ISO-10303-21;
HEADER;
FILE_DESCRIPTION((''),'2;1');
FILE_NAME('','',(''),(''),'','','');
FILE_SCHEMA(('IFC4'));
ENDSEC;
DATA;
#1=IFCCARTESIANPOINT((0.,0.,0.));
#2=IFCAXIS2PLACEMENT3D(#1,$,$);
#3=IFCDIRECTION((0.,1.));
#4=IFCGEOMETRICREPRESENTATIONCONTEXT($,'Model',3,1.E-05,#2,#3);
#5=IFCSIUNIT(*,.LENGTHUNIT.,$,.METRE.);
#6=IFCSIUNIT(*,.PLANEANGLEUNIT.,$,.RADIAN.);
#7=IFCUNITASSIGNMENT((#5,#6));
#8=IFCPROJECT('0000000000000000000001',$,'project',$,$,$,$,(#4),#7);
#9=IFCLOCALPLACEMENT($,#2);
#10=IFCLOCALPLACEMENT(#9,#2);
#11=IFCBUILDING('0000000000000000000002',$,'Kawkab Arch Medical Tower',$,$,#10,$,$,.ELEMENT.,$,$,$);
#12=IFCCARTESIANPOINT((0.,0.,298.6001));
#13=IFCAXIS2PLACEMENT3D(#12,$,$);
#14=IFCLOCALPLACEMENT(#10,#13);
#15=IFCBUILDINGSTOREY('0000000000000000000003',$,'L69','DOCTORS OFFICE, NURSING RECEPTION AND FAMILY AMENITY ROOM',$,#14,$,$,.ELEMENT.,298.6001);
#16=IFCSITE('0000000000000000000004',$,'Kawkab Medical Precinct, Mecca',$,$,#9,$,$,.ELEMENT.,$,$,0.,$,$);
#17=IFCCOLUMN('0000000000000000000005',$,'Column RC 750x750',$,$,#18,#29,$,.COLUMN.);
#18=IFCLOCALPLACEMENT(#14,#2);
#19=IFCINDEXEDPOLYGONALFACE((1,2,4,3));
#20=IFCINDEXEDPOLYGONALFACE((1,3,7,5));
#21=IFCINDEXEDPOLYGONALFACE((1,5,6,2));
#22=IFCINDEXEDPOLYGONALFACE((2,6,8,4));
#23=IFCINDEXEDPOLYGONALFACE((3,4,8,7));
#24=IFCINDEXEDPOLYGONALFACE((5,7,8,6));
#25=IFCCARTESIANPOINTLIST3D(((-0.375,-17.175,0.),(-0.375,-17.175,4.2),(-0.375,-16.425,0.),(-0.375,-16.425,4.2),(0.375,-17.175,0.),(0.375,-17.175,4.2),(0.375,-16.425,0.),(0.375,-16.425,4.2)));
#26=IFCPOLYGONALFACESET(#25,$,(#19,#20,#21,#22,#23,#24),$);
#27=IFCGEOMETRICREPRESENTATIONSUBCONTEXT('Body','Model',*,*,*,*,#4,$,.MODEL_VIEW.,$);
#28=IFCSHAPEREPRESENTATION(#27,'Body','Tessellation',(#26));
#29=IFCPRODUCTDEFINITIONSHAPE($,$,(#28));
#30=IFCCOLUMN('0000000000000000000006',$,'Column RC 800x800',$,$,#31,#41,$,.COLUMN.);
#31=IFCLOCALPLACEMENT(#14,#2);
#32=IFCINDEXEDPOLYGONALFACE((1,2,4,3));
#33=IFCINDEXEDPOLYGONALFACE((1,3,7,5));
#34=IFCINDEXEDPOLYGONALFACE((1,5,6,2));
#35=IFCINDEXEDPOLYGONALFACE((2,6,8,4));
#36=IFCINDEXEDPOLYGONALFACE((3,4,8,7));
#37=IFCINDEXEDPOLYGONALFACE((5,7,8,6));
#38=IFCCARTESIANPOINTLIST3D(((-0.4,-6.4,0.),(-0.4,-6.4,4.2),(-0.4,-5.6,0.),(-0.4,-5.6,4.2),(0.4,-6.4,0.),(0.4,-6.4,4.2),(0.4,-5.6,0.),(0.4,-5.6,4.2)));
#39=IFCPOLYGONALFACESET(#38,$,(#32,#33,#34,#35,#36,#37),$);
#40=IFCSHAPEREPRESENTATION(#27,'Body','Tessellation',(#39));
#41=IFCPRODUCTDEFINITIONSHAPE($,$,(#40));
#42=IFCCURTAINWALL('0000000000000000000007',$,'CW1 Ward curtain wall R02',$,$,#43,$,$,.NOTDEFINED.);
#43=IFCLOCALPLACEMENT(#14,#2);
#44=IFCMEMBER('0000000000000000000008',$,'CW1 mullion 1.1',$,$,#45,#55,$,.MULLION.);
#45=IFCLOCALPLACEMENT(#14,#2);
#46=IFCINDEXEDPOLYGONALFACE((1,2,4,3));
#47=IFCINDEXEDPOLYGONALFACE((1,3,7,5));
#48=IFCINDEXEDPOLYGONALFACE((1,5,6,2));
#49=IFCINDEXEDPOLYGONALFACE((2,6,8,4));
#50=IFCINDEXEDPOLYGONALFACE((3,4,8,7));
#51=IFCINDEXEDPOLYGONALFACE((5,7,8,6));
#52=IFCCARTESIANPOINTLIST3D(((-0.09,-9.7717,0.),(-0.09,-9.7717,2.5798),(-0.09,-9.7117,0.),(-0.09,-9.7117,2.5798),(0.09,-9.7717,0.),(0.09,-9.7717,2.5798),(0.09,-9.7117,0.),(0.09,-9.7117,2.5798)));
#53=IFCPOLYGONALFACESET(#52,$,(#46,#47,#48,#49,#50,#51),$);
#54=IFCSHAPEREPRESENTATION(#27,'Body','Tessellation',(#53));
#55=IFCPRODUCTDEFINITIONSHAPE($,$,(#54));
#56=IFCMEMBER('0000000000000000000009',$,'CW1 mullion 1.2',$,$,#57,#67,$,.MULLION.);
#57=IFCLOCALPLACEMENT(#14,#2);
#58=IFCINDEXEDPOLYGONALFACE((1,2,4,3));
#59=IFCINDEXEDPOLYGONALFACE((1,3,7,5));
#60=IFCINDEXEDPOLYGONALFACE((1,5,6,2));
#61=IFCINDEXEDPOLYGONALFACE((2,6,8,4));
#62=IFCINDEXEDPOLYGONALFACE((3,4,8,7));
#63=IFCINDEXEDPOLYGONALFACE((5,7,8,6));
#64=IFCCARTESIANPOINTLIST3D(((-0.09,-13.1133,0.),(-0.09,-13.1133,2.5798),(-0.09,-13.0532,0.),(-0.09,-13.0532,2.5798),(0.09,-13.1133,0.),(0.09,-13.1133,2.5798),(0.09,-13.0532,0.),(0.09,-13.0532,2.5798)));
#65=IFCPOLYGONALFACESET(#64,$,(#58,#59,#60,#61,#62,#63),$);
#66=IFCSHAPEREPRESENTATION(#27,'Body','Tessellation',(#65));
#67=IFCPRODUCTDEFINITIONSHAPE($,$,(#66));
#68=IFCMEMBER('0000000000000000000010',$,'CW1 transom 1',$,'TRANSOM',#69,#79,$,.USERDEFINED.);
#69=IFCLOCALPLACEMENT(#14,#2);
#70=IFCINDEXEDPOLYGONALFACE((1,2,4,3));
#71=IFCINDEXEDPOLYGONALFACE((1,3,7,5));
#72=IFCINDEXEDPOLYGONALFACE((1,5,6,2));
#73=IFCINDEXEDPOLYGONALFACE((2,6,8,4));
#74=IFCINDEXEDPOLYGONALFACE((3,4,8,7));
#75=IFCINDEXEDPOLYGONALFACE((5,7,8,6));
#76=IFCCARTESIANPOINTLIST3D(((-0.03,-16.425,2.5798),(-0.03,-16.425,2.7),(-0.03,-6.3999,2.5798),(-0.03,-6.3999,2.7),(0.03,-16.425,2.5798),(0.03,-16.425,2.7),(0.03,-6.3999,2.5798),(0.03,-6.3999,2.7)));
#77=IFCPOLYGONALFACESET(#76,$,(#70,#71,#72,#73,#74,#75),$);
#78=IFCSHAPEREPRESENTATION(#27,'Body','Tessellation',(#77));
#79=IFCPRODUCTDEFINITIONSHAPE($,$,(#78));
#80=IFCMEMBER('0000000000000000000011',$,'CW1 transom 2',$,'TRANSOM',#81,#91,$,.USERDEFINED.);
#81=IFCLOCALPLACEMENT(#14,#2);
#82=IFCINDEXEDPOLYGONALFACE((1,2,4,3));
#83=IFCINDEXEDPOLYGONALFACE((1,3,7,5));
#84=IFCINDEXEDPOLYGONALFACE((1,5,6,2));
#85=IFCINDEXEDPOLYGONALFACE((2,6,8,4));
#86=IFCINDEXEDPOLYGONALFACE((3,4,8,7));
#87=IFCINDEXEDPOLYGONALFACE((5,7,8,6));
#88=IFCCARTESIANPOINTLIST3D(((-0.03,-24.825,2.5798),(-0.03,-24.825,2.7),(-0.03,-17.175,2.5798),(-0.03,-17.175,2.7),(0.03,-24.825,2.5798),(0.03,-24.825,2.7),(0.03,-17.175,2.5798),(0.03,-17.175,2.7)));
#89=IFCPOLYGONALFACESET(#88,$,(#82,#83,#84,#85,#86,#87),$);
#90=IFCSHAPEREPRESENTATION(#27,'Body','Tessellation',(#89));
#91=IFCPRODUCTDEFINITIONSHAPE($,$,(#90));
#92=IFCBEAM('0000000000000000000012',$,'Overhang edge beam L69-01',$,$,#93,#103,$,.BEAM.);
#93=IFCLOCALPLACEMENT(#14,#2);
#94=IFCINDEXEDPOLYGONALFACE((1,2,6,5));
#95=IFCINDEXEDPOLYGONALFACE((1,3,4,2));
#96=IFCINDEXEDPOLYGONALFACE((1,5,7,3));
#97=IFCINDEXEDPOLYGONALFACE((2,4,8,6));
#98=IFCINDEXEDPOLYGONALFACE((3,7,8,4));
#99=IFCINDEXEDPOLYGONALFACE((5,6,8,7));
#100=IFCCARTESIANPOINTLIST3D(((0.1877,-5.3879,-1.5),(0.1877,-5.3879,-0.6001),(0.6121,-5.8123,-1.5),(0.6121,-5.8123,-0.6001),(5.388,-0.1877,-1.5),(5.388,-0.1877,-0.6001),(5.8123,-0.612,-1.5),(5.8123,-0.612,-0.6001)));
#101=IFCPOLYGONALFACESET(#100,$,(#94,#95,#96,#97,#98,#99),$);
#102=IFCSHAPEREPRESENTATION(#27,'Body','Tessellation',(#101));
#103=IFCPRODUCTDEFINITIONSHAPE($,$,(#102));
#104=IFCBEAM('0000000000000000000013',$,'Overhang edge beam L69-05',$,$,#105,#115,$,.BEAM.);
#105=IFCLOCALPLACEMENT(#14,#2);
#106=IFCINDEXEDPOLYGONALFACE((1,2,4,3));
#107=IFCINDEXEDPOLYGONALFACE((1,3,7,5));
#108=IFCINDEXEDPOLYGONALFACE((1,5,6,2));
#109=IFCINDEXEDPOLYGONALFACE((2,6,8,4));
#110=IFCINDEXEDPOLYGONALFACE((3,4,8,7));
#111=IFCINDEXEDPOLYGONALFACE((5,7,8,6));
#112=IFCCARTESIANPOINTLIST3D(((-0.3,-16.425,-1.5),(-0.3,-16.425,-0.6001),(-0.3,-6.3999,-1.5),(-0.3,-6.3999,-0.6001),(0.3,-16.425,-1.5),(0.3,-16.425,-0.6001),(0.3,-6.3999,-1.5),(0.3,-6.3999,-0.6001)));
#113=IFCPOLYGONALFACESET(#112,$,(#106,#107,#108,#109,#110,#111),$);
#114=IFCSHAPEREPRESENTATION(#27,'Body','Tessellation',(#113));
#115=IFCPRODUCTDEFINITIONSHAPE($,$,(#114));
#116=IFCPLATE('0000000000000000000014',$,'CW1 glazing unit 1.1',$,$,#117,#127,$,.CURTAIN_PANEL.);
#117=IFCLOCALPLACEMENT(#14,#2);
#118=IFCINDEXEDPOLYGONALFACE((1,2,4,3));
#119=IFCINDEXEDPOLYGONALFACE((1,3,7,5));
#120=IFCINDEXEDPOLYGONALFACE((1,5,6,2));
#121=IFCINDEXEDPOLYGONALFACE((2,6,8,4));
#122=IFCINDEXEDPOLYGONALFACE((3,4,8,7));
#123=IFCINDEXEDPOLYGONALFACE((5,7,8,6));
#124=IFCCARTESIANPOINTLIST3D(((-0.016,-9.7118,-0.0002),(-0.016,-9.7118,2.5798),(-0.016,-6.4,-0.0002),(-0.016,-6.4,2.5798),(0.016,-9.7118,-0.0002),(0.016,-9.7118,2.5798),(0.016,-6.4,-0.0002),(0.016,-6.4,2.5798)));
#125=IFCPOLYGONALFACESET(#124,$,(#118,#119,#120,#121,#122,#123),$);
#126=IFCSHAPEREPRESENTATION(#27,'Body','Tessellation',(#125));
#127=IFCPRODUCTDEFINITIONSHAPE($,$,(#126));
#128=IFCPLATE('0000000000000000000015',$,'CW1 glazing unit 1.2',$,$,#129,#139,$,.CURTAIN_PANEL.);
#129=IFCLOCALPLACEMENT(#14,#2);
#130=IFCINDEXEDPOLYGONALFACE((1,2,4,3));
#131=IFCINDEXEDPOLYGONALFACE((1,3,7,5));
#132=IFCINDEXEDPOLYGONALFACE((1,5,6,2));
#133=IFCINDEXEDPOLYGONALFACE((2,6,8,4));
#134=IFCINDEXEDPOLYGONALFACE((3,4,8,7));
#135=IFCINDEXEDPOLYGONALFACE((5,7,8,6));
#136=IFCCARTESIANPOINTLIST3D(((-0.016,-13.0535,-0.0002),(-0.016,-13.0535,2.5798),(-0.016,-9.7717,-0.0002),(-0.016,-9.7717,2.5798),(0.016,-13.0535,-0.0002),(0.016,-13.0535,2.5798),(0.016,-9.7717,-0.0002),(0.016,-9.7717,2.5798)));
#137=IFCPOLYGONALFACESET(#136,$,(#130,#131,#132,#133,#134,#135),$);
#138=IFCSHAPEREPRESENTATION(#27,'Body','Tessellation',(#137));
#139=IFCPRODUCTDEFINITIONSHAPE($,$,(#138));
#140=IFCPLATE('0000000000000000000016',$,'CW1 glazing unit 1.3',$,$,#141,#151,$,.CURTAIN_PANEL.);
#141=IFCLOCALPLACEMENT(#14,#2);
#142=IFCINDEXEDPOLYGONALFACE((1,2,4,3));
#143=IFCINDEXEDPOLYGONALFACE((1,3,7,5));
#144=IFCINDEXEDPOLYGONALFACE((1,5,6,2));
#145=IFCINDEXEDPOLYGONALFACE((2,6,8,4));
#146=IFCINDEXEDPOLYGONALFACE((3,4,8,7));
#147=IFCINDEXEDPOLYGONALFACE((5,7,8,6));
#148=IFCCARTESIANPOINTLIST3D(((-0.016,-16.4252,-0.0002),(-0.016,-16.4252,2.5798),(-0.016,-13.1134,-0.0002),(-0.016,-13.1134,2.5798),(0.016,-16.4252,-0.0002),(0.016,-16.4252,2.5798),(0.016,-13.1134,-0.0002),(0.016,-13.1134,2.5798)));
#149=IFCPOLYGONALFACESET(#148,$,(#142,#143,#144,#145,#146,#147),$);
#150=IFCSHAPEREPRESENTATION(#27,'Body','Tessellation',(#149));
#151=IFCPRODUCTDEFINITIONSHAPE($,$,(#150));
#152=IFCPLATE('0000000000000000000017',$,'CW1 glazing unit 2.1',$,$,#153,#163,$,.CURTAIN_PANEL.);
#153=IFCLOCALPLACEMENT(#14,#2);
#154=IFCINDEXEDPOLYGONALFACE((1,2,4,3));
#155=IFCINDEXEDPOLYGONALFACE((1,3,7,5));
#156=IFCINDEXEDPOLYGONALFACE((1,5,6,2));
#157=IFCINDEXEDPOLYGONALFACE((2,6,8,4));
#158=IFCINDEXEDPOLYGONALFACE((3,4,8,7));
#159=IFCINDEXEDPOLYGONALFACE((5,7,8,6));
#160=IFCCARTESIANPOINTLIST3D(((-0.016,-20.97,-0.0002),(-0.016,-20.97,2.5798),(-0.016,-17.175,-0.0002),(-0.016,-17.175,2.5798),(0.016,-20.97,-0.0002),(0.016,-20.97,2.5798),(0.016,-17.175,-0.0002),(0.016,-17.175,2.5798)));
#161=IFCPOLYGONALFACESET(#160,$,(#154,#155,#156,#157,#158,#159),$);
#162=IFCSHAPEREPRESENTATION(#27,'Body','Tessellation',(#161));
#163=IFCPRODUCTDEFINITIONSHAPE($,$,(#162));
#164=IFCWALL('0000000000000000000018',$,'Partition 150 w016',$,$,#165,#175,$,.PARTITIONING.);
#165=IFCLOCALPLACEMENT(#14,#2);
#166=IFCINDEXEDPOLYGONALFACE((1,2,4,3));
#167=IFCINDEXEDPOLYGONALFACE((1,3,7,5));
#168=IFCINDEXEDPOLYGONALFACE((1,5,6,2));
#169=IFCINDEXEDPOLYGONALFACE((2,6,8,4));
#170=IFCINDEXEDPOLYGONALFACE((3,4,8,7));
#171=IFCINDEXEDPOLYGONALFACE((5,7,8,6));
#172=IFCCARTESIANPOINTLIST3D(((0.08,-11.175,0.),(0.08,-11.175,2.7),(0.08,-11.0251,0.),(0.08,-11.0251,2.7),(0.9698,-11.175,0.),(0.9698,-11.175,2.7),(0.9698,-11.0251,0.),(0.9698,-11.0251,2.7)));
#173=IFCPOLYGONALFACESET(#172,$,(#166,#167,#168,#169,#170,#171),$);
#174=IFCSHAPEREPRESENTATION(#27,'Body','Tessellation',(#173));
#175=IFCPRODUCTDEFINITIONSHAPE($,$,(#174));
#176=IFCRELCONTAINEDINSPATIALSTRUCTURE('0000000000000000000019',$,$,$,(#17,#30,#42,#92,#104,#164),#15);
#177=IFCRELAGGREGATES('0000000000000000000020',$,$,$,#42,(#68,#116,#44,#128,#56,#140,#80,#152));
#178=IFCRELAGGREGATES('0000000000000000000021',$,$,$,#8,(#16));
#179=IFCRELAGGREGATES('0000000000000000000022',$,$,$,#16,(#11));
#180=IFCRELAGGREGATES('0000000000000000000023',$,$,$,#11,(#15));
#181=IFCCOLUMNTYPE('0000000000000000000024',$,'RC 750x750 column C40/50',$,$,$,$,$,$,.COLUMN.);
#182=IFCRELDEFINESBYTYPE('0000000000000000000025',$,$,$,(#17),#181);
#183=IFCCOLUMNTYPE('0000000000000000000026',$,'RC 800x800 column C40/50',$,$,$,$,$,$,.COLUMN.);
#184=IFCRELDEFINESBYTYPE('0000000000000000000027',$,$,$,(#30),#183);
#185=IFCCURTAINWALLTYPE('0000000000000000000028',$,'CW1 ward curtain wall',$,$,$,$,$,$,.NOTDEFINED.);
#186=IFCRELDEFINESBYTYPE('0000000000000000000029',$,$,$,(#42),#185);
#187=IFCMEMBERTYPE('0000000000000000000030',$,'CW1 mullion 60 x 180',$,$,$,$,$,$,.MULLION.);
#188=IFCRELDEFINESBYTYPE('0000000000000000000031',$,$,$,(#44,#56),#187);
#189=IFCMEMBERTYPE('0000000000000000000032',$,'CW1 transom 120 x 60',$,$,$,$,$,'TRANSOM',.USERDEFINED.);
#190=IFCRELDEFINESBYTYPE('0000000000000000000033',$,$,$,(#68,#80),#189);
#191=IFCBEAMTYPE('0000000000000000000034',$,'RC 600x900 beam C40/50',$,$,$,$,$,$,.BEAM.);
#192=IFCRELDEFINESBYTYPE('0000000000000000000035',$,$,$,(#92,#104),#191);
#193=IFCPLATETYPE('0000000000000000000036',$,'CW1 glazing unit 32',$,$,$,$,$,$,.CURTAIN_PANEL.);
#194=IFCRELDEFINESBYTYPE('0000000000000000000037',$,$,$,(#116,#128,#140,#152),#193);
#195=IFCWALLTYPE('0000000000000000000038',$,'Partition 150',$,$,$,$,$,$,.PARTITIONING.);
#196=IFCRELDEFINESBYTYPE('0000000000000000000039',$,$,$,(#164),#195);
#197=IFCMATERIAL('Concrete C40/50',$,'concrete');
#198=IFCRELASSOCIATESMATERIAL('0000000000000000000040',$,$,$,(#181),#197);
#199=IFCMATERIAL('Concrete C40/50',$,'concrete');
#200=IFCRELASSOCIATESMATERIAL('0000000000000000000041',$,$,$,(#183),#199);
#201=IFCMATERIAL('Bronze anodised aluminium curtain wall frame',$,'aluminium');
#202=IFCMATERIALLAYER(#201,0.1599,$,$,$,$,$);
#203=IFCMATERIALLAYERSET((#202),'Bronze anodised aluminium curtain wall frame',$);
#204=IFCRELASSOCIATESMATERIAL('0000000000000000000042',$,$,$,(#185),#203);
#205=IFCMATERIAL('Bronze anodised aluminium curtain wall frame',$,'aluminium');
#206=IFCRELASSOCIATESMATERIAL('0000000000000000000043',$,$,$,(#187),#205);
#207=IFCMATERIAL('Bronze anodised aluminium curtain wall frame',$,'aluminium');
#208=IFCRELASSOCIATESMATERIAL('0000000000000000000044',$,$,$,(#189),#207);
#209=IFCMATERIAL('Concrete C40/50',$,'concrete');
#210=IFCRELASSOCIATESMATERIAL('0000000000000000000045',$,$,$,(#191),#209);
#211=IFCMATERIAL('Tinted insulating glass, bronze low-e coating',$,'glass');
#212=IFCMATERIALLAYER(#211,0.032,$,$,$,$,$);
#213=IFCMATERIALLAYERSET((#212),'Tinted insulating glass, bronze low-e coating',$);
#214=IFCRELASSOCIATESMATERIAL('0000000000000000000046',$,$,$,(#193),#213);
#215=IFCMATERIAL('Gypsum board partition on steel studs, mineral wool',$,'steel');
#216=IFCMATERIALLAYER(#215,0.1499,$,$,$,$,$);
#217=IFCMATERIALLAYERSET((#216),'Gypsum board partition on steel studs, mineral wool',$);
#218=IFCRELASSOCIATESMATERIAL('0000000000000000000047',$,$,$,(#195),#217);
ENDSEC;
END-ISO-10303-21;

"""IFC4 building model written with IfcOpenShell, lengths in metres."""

from ifc_helpers import new_model, si_unit, direction, frame, frame_2d, origin, origin_2d, place, context, subcontext, project, spatial, rectangle, extrude, material, layer, layer_set, material_profile, profile_set, type_object, element, aggregate, save


model = new_model("IFC4")

# Units and contexts
model_context = context("Model", 3, precision=1e-05, world=origin(), true_north=direction((0.0, 1.0)))
body_context = subcontext(model_context, "Body", "Model", "MODEL_VIEW")
ifc_project = project(units=[si_unit("LENGTHUNIT", "METRE"), si_unit("PLANEANGLEUNIT", "RADIAN")], contexts=[model_context])

# Site, building, storey
site_placement = place(None, origin())
site = spatial("IfcSite", under=ifc_project, at=site_placement, Name="Kawkab Medical Precinct, Mecca", CompositionType="ELEMENT", RefElevation=0.0)
building_placement = place(site_placement, origin())
building = spatial("IfcBuilding", under=site, at=building_placement, Name="Kawkab Arch Medical Tower", CompositionType="ELEMENT")
storey_placement = place(building_placement, frame((0.0, 0.0, 298.6001)))
storey = spatial("IfcBuildingStorey", under=building, at=storey_placement, Name="L69", Description="DOCTORS OFFICE, NURSING RECEPTION AND FAMILY AMENITY ROOM", CompositionType="ELEMENT", Elevation=298.6001)

# Columns
ifc_material_1 = material(Name="Concrete C40/50", Category="concrete")
ifc_material_profile_1 = material_profile(ifc_material_1, rectangle(XDim=0.75, YDim=0.75, at=origin_2d()), Name="RC 750x750")
ifc_profile_set_1 = profile_set([ifc_material_profile_1], Name="Concrete C40/50")
column_type_1 = type_object("IfcColumnType", Name="RC 750x750 column C40/50", PredefinedType="COLUMN", material=ifc_profile_set_1)
column_1_placement = place(storey_placement, frame((0.0, -16.8, 0.0), z_axis=(0.0, 0.0, 1.0), x_axis=(1.0, 0.0, 0.0)))
element("IfcColumn", 1, at=column_1_placement, inside=storey, type_object=column_type_1, Name="Column RC 750x750", PredefinedType="COLUMN", context=body_context, shape_type="SweptSolid", body=[
    extrude(rectangle(XDim=0.75, YDim=0.75, at=origin_2d()), origin(), (0.0, 0.0, 1.0), 4.2),
])
ifc_material_2 = material(Name="Concrete C40/50", Category="concrete")
ifc_material_profile_2 = material_profile(ifc_material_2, rectangle(XDim=0.8, YDim=0.8, at=origin_2d()), Name="RC 800x800")
ifc_profile_set_2 = profile_set([ifc_material_profile_2], Name="Concrete C40/50")
column_type_2 = type_object("IfcColumnType", Name="RC 800x800 column C40/50", PredefinedType="COLUMN", material=ifc_profile_set_2)
column_2_placement = place(storey_placement, frame((0.0, -6.0, 0.0), z_axis=(0.0, 0.0, 1.0), x_axis=(1.0, 0.0, 0.0)))
element("IfcColumn", 2, at=column_2_placement, inside=storey, type_object=column_type_2, Name="Column RC 800x800", PredefinedType="COLUMN", context=body_context, shape_type="SweptSolid", body=[
    extrude(rectangle(XDim=0.8, YDim=0.8, at=origin_2d()), origin(), (0.0, 0.0, 1.0), 4.2),
])

# Curtain wall, members
ifc_material_3 = material(Name="Bronze anodised aluminium curtain wall frame", Category="aluminium")
ifc_layer_1 = layer(ifc_material_3, 0.1599)
ifc_layer_set_1 = layer_set([ifc_layer_1], Name="Bronze anodised aluminium curtain wall frame")
curtain_wall_type = type_object("IfcCurtainWallType", Name="CW1 ward curtain wall", PredefinedType="NOTDEFINED", material=ifc_layer_set_1)
curtain_wall_placement = place(storey_placement, origin())
curtain_wall = element("IfcCurtainWall", 3, at=curtain_wall_placement, inside=storey, type_object=curtain_wall_type, Name="CW1 Ward curtain wall R02", PredefinedType="NOTDEFINED")
ifc_material_4 = material(Name="Bronze anodised aluminium curtain wall frame", Category="aluminium")
ifc_material_profile_3 = material_profile(ifc_material_4, rectangle(XDim=0.1799, YDim=0.0601, at=origin_2d()), Name="AL 60x180")
ifc_profile_set_3 = profile_set([ifc_material_profile_3], Name="Bronze anodised aluminium curtain wall frame")
member_type_1 = type_object("IfcMemberType", Name="CW1 mullion 60 x 180", PredefinedType="MULLION", material=ifc_profile_set_3)
member_1_placement = place(storey_placement, frame((0.0, -9.7417, 0.0), z_axis=(0.0, 0.0, 1.0), x_axis=(1.0, 0.0, 0.0)))
member_1 = element("IfcMember", 4, at=member_1_placement, type_object=member_type_1, Name="CW1 mullion 1.1", PredefinedType="MULLION", context=body_context, shape_type="SweptSolid", body=[
    extrude(rectangle(XDim=0.1799, YDim=0.0601, at=origin_2d()), origin(), (0.0, 0.0, 1.0), 2.5798),
])
member_2_placement = place(storey_placement, frame((0.0, -13.0833, 0.0), z_axis=(0.0, 0.0, 1.0), x_axis=(1.0, 0.0, 0.0)))
member_2 = element("IfcMember", 5, at=member_2_placement, type_object=member_type_1, Name="CW1 mullion 1.2", PredefinedType="MULLION", context=body_context, shape_type="SweptSolid", body=[
    extrude(rectangle(XDim=0.1799, YDim=0.0601, at=origin_2d()), origin(), (0.0, 0.0, 1.0), 2.5798),
])
ifc_material_5 = material(Name="Bronze anodised aluminium curtain wall frame", Category="aluminium")
ifc_material_profile_4 = material_profile(ifc_material_5, rectangle(XDim=0.0601, YDim=0.1201, at=origin_2d()), Name="AL 60x120")
ifc_profile_set_4 = profile_set([ifc_material_profile_4], Name="Bronze anodised aluminium curtain wall frame")
member_type_2 = type_object("IfcMemberType", Name="CW1 transom 120 x 60", ElementType="TRANSOM", PredefinedType="USERDEFINED", material=ifc_profile_set_4)
member_3_placement = place(storey_placement, frame((0.0, -6.3999, 2.6399), z_axis=(0.0, -1.0, 0.0), x_axis=(1.0, 0.0, 0.0)))
member_3 = element("IfcMember", 6, at=member_3_placement, type_object=member_type_2, Name="CW1 transom 1", ObjectType="TRANSOM", PredefinedType="USERDEFINED", context=body_context, shape_type="SweptSolid", body=[
    extrude(rectangle(XDim=0.0601, YDim=0.1201, at=origin_2d()), origin(), (0.0, 0.0, 1.0), 10.0251),
])
member_4_placement = place(storey_placement, frame((0.0, -17.175, 2.6399), z_axis=(0.0, -1.0, 0.0), x_axis=(1.0, 0.0, 0.0)))
member_4 = element("IfcMember", 7, at=member_4_placement, type_object=member_type_2, Name="CW1 transom 2", ObjectType="TRANSOM", PredefinedType="USERDEFINED", context=body_context, shape_type="SweptSolid", body=[
    extrude(rectangle(XDim=0.0601, YDim=0.1201, at=origin_2d()), origin(), (0.0, 0.0, 1.0), 7.6499),
])

# Beams
ifc_material_6 = material(Name="Concrete C40/50", Category="concrete")
ifc_material_profile_5 = material_profile(ifc_material_6, rectangle(XDim=0.6001, YDim=0.8999, at=origin_2d()), Name="RC 600x900")
ifc_profile_set_5 = profile_set([ifc_material_profile_5], Name="Concrete C40/50")
beam_type = type_object("IfcBeamType", Name="RC 600x900 beam C40/50", PredefinedType="BEAM", material=ifc_profile_set_5)
beam_1_placement = place(storey_placement, frame((0.3999, -5.6001, -1.05), z_axis=(0.707107, 0.707107, 0.0), x_axis=(-0.707107, 0.707107, 0.0)))
element("IfcBeam", 8, at=beam_1_placement, inside=storey, type_object=beam_type, Name="Overhang edge beam L69-01", PredefinedType="BEAM", context=body_context, shape_type="SweptSolid", body=[
    extrude(rectangle(XDim=0.6001, YDim=0.8999, at=origin_2d()), origin(), (0.0, 0.0, 1.0), 7.3542),
])
beam_2_placement = place(storey_placement, frame((0.0, -16.425, -1.05), z_axis=(0.0, 1.0, 0.0), x_axis=(-1.0, 0.0, 0.0)))
element("IfcBeam", 9, at=beam_2_placement, inside=storey, type_object=beam_type, Name="Overhang edge beam L69-05", PredefinedType="BEAM", context=body_context, shape_type="SweptSolid", body=[
    extrude(rectangle(XDim=0.6001, YDim=0.8999, at=origin_2d()), origin(), (0.0, 0.0, 1.0), 10.0251),
])

# Plates
ifc_material_7 = material(Name="Tinted insulating glass, bronze low-e coating", Category="glass")
ifc_layer_2 = layer(ifc_material_7, 0.032)
ifc_layer_set_2 = layer_set([ifc_layer_2], Name="Tinted insulating glass, bronze low-e coating")
plate_type = type_object("IfcPlateType", Name="CW1 glazing unit 32", PredefinedType="CURTAIN_PANEL", material=ifc_layer_set_2)
plate_1_placement = place(storey_placement, frame((0.0, -8.0559, -0.0002), z_axis=(0.0, 0.0, 1.0), x_axis=(0.0, -1.0, 0.0)))
plate_1 = element("IfcPlate", 10, at=plate_1_placement, type_object=plate_type, Name="CW1 glazing unit 1.1", PredefinedType="CURTAIN_PANEL", context=body_context, shape_type="SweptSolid", body=[
    extrude(rectangle(XDim=3.3118, YDim=0.032, at=origin_2d()), origin(), (0.0, 0.0, 1.0), 2.5801),
])
plate_2_placement = place(storey_placement, frame((0.0, -11.4126, -0.0002), z_axis=(0.0, 0.0, 1.0), x_axis=(0.0, -1.0, 0.0)))
plate_2 = element("IfcPlate", 11, at=plate_2_placement, type_object=plate_type, Name="CW1 glazing unit 1.2", PredefinedType="CURTAIN_PANEL", context=body_context, shape_type="SweptSolid", body=[
    extrude(rectangle(XDim=3.2817, YDim=0.032, at=origin_2d()), origin(), (0.0, 0.0, 1.0), 2.5801),
])
plate_3_placement = place(storey_placement, frame((0.0, -14.7693, -0.0002), z_axis=(0.0, 0.0, 1.0), x_axis=(0.0, -1.0, 0.0)))
plate_3 = element("IfcPlate", 12, at=plate_3_placement, type_object=plate_type, Name="CW1 glazing unit 1.3", PredefinedType="CURTAIN_PANEL", context=body_context, shape_type="SweptSolid", body=[
    extrude(rectangle(XDim=3.3118, YDim=0.032, at=origin_2d()), origin(), (0.0, 0.0, 1.0), 2.5801),
])
plate_4_placement = place(storey_placement, frame((0.0, -19.0725, -0.0002), z_axis=(0.0, 0.0, 1.0), x_axis=(0.0, -1.0, 0.0)))
plate_4 = element("IfcPlate", 13, at=plate_4_placement, type_object=plate_type, Name="CW1 glazing unit 2.1", PredefinedType="CURTAIN_PANEL", context=body_context, shape_type="SweptSolid", body=[
    extrude(rectangle(XDim=3.7949, YDim=0.032, at=origin_2d()), origin(), (0.0, 0.0, 1.0), 2.5801),
])
aggregate(curtain_wall, [member_3, plate_1, member_1, plate_2, member_2, plate_3, member_4, plate_4])

# Wall
ifc_material_8 = material(Name="Gypsum board partition on steel studs, mineral wool", Category="steel")
ifc_layer_3 = layer(ifc_material_8, 0.1499)
ifc_layer_set_3 = layer_set([ifc_layer_3], Name="Gypsum board partition on steel studs, mineral wool")
wall_type_1 = type_object("IfcWallType", Name="Partition 150", PredefinedType="PARTITIONING", material=ifc_layer_set_3)
wall_1_placement = place(storey_placement, frame((0.0801, -11.1001, 0.0), z_axis=(0.0, 0.0, 1.0), x_axis=(1.0, 0.0, 0.0)))
element("IfcWall", 14, at=wall_1_placement, inside=storey, type_object=wall_type_1, Name="Partition 150 w016", PredefinedType="PARTITIONING", context=body_context, shape_type="SweptSolid", body=[
    extrude(rectangle(XDim=0.8899, YDim=0.1499, at=frame_2d((0.4448, 0.0))), origin(), (0.0, 0.0, 1.0), 2.7),
])

save(model, "model.ifc")
